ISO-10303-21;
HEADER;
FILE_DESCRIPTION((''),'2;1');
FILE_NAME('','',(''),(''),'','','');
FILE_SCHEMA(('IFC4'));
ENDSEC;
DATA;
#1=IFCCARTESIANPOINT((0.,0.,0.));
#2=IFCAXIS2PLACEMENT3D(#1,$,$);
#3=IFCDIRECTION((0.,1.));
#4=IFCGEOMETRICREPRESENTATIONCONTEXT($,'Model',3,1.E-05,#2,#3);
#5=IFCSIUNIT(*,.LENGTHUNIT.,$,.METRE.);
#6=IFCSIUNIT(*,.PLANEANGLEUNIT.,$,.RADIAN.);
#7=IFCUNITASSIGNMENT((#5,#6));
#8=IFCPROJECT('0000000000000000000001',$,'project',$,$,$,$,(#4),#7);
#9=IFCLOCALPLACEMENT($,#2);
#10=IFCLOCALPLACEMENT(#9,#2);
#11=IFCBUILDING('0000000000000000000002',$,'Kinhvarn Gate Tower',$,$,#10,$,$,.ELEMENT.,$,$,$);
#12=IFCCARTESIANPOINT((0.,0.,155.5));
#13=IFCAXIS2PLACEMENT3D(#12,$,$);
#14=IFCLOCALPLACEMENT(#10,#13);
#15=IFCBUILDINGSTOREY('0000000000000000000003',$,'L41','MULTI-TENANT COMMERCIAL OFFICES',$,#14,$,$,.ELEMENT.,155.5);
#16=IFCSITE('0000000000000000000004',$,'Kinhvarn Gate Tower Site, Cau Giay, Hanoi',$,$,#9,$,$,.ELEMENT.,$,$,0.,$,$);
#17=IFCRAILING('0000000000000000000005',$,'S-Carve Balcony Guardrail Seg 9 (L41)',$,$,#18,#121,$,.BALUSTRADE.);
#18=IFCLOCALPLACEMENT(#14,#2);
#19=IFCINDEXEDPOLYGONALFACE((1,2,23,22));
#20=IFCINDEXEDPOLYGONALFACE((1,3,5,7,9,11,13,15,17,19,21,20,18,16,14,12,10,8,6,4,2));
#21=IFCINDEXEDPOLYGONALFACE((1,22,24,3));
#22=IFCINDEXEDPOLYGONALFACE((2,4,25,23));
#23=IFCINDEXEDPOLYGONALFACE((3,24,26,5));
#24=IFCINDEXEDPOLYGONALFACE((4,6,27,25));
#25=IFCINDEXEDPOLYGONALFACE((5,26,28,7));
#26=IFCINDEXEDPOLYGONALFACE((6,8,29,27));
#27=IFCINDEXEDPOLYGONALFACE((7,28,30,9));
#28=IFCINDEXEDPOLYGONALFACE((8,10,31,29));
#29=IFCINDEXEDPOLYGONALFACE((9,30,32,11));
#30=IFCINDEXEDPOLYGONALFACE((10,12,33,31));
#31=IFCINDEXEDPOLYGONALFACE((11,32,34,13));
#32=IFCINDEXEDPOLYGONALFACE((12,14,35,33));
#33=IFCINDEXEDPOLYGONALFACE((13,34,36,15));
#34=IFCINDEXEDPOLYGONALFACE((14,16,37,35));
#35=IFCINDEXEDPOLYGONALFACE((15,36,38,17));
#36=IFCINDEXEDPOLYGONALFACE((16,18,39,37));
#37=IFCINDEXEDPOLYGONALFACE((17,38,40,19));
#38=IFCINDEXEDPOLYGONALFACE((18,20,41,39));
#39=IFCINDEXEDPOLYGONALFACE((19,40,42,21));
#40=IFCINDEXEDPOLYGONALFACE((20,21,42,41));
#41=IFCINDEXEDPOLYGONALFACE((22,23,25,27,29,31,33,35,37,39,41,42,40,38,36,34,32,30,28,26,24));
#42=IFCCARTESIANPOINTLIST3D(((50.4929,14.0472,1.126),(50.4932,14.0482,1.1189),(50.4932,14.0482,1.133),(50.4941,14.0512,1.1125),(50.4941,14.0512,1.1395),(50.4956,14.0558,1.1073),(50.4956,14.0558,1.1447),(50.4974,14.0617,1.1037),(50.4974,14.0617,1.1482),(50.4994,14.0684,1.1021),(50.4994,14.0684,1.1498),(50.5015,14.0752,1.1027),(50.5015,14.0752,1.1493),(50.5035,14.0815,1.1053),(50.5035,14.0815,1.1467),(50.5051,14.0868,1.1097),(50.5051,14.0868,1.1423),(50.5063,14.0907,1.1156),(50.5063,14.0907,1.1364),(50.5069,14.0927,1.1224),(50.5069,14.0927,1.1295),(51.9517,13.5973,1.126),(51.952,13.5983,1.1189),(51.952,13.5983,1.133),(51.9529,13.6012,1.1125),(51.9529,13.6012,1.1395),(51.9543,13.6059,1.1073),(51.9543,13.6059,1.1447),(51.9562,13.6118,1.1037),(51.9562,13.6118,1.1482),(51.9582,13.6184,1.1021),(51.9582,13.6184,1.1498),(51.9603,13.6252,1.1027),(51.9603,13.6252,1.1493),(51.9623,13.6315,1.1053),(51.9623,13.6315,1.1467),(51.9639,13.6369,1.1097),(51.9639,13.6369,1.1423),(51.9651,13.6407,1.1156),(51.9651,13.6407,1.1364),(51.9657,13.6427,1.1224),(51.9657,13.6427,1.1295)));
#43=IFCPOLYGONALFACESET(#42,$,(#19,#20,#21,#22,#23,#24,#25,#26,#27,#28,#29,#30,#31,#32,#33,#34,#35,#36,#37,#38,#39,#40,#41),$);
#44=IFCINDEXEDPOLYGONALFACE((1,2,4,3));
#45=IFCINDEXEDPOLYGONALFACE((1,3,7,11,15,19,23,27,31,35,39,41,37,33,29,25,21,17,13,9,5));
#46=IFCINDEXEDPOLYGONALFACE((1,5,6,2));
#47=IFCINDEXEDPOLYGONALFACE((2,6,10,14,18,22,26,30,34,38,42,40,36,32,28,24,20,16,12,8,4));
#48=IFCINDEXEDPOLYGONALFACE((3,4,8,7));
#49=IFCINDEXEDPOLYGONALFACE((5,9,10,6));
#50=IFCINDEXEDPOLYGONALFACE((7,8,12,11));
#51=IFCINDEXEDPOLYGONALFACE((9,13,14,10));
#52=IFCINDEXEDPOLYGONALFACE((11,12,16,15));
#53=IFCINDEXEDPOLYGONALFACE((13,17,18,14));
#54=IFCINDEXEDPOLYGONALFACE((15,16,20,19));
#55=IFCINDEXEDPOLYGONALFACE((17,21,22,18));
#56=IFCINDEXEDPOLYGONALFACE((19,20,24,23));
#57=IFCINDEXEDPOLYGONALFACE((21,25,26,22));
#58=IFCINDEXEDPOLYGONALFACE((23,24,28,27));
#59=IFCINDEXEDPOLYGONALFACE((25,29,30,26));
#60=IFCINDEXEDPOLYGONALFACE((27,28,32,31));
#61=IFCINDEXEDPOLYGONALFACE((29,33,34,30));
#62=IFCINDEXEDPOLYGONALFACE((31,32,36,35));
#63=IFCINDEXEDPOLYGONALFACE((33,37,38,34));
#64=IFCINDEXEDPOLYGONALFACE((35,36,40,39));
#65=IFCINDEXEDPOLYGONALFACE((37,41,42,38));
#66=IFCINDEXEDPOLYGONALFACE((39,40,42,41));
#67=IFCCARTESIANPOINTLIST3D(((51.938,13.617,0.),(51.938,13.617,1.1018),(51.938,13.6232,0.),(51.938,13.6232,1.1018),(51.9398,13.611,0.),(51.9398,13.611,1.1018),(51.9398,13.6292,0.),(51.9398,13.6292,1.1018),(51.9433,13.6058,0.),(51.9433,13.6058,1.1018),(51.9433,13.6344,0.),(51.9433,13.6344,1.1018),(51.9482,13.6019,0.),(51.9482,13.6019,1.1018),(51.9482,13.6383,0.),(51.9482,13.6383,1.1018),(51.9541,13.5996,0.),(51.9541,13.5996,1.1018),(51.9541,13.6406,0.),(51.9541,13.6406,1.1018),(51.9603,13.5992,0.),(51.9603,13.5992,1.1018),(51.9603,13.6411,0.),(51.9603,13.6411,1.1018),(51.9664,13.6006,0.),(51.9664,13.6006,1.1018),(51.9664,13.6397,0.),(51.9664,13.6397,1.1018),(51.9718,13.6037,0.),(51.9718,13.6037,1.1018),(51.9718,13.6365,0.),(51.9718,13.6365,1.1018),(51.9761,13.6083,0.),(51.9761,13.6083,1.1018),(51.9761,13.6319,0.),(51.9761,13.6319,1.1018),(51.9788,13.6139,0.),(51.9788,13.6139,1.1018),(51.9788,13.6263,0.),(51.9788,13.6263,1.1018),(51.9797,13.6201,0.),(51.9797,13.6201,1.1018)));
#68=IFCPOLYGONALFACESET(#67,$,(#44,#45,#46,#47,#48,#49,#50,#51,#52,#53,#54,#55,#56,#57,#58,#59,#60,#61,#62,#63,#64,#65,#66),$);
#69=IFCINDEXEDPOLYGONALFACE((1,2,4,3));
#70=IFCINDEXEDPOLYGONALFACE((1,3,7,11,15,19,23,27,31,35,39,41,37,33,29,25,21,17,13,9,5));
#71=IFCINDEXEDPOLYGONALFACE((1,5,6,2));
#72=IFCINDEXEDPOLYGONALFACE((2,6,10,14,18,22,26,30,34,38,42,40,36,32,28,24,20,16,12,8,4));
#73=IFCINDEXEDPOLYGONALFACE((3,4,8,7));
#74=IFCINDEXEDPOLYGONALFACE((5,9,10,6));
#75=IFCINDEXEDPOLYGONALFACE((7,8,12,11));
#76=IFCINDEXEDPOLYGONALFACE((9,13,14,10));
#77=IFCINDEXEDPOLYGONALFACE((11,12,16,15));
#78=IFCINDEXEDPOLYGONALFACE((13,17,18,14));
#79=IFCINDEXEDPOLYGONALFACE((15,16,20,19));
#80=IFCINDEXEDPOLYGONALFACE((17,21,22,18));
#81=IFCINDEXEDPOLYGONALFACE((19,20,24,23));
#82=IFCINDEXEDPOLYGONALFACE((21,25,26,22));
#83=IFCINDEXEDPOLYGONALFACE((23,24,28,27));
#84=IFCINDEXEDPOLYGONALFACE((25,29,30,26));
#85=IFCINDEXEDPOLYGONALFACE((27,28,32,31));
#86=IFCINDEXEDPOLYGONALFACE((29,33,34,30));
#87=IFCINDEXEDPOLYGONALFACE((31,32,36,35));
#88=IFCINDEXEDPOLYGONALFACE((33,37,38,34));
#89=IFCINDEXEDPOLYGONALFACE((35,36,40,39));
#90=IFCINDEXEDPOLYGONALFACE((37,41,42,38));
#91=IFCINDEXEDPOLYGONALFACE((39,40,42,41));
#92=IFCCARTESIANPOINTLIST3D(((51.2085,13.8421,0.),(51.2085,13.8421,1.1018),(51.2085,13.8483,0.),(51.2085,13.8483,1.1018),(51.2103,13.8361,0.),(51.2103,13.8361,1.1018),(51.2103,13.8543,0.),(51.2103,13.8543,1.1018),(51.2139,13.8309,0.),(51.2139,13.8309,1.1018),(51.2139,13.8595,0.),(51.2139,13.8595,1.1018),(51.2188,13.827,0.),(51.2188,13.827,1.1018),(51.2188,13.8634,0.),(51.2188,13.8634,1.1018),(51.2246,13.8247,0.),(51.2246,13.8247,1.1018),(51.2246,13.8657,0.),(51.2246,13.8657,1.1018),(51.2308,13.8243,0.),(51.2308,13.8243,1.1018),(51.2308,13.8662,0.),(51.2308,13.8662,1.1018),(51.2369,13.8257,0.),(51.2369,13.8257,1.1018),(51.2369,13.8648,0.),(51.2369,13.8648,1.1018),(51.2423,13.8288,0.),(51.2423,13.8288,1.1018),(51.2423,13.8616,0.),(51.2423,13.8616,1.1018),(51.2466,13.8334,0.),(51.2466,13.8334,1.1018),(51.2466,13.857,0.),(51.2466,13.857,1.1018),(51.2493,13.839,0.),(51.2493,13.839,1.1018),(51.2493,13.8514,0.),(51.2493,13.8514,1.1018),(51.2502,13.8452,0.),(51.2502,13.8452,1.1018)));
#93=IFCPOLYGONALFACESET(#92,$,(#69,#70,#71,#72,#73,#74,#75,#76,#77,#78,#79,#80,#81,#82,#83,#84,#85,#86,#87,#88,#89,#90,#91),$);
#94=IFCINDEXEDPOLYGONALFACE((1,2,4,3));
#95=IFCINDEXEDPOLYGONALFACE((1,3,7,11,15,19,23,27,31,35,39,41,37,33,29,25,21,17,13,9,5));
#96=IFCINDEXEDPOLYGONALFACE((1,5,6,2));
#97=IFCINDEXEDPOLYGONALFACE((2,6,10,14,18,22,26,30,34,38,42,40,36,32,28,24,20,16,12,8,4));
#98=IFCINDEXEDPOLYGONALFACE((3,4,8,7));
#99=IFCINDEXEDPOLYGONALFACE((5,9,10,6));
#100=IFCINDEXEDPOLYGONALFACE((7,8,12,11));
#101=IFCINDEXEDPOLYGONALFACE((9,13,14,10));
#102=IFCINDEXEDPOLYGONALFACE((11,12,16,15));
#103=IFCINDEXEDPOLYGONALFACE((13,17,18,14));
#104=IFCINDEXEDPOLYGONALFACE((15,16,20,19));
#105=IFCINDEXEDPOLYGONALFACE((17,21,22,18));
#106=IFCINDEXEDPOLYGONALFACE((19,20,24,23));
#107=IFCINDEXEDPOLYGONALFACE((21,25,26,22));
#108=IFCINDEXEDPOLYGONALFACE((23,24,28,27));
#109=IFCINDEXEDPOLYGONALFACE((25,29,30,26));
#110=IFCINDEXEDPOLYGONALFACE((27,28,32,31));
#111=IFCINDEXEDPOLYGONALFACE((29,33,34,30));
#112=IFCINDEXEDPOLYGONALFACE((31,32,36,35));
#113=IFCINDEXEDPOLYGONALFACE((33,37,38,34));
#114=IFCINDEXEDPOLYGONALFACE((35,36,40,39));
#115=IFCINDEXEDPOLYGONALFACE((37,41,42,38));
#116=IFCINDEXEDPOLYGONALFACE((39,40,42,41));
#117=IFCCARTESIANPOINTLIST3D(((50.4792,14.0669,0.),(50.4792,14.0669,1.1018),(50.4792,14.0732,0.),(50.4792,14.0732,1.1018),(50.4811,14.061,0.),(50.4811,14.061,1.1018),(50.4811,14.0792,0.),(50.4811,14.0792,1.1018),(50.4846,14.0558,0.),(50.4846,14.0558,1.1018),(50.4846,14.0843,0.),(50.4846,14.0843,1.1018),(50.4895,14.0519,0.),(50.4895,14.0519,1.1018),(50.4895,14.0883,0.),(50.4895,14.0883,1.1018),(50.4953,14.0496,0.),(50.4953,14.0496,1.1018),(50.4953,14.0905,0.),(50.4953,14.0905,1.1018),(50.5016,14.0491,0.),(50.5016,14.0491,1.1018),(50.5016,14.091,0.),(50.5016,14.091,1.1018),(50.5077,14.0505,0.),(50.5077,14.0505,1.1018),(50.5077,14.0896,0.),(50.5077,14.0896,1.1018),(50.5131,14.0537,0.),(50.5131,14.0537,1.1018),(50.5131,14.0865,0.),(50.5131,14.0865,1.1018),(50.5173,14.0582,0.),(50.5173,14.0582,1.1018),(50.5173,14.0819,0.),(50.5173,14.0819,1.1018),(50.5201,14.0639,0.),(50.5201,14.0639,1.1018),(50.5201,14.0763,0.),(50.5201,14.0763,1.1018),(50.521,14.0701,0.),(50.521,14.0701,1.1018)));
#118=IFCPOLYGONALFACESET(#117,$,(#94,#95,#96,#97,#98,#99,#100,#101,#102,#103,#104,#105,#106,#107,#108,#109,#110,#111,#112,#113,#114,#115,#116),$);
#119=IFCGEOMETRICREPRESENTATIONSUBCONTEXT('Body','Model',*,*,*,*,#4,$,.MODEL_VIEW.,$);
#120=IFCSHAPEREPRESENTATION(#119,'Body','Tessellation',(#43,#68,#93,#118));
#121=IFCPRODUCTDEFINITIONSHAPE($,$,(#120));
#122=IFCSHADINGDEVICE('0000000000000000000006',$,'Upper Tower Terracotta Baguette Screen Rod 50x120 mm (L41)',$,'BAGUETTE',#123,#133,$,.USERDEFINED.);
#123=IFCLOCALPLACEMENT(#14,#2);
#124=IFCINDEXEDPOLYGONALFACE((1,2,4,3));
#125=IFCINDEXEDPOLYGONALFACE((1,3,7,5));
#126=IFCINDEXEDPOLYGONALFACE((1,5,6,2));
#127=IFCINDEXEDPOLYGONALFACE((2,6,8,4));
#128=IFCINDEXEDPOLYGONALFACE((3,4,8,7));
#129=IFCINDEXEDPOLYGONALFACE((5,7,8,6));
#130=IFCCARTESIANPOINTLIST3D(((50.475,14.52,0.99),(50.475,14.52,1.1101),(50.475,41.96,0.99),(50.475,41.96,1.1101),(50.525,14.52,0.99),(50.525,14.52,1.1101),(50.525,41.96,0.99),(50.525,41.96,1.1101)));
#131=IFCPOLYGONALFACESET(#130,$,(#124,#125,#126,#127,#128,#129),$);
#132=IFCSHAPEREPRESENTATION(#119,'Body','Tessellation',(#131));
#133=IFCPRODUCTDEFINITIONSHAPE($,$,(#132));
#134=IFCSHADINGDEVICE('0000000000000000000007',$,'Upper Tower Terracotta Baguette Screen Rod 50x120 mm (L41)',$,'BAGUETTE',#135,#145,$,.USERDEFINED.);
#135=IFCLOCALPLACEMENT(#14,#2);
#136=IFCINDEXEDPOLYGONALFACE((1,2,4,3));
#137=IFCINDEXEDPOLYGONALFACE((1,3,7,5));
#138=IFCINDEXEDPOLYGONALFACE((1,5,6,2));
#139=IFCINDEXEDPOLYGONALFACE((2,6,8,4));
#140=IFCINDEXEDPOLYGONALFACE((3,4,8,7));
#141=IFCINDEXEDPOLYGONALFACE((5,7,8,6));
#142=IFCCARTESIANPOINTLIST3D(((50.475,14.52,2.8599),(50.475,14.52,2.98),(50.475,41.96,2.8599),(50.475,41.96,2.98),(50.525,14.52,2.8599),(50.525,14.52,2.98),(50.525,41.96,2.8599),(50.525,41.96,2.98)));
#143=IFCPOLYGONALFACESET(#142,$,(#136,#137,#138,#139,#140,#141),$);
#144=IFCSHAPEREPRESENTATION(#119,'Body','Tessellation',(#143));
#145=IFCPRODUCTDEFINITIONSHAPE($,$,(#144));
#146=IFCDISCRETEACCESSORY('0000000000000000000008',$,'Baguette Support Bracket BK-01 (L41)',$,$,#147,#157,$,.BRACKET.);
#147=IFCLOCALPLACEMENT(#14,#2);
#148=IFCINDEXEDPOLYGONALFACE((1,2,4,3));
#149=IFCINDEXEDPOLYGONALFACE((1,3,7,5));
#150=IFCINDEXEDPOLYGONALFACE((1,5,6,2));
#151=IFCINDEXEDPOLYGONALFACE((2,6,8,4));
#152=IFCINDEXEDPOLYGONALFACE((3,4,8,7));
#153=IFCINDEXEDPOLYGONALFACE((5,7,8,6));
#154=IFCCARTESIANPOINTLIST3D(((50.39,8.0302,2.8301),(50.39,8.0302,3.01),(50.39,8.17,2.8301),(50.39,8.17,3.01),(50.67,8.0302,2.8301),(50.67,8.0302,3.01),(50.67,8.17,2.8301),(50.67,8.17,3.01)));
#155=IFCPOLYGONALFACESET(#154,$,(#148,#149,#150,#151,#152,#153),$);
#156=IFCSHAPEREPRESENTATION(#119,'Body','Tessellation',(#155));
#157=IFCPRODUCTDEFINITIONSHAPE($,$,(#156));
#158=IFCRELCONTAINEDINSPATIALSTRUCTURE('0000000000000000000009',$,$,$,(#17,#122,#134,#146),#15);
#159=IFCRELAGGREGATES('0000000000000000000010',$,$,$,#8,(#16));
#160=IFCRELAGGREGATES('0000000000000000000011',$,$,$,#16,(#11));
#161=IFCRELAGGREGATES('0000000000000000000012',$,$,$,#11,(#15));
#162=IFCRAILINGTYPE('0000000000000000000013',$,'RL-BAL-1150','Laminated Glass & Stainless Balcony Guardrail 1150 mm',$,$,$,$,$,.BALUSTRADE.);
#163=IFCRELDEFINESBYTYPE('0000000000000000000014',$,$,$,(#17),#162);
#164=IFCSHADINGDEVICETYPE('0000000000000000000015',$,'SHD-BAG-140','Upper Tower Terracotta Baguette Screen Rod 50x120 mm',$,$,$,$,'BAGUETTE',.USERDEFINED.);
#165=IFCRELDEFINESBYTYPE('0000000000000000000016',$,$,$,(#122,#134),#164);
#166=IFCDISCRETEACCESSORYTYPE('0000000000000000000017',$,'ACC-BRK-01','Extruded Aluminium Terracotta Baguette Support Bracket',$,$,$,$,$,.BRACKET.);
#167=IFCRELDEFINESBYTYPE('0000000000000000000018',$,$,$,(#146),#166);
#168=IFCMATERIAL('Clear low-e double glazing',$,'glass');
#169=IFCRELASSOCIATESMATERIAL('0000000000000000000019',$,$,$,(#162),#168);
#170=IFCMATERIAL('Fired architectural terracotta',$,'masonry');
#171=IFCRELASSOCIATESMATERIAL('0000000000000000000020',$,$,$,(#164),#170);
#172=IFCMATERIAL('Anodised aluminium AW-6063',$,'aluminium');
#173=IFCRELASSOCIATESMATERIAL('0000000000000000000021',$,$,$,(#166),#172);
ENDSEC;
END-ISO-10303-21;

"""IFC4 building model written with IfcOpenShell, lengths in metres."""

from ifc_helpers import new_model, si_unit, direction, frame, origin, origin_2d, place, context, subcontext, project, spatial, rectangle, circle, extrude, material, material_profile, profile_set, type_object, element, save


model = new_model("IFC4")

# Units and contexts
model_context = context("Model", 3, precision=1e-05, world=origin(), true_north=direction((0.0, 1.0)))
body_context = subcontext(model_context, "Body", "Model", "MODEL_VIEW")
ifc_project = project(units=[si_unit("LENGTHUNIT", "METRE"), si_unit("PLANEANGLEUNIT", "RADIAN")], contexts=[model_context])

# Site, building, storey
site_placement = place(None, origin())
site = spatial("IfcSite", under=ifc_project, at=site_placement, Name="Kinhvarn Gate Tower Site, Cau Giay, Hanoi", CompositionType="ELEMENT", RefElevation=0.0)
building_placement = place(site_placement, origin())
building = spatial("IfcBuilding", under=site, at=building_placement, Name="Kinhvarn Gate Tower", CompositionType="ELEMENT")
storey_placement = place(building_placement, frame((0.0, 0.0, 155.5)))
storey = spatial("IfcBuildingStorey", under=building, at=storey_placement, Name="L41", Description="MULTI-TENANT COMMERCIAL OFFICES", CompositionType="ELEMENT", Elevation=155.5)

# Shared definitions
ifc_material_1 = material(Name="Anodised aluminium AW-6063", Category="aluminium")

# Shared definitions
ifc_material_2 = material(Name="Clear low-e double glazing", Category="glass")

# Shared definitions
ifc_material_3 = material(Name="Fired architectural terracotta", Category="masonry")

# Railing
railing_type = type_object("IfcRailingType", Name="RL-BAL-1150", Description="Laminated Glass & Stainless Balcony Guardrail 1150 mm", PredefinedType="BALUSTRADE", material=ifc_material_2)
railing_placement = place(storey_placement, frame((51.9587, 13.6201, 0.0)))
element("IfcRailing", 1, at=railing_placement, inside=storey, type_object=railing_type, Name="S-Carve Balcony Guardrail Seg 9 (L41)", PredefinedType="BALUSTRADE", context=body_context, shape_type="SweptSolid", body=[
    extrude(circle(Radius=0.0239, at=origin_2d()), frame((0.0, 0.0, 1.126), z_axis=(-0.955575, 0.294749, 0.0), x_axis=(-0.294749, -0.955575, 0.0)), (0.0, 0.0, 1.0), 1.5266),
    extrude(circle(Radius=0.021, at=origin_2d()), origin(), (0.0, 0.0, 1.0), 1.1018),
    extrude(circle(Radius=0.021, at=origin_2d()), frame((-0.7295, 0.2251, 0.0)), (0.0, 0.0, 1.0), 1.1018),
    extrude(circle(Radius=0.021, at=origin_2d()), frame((-1.4587, 0.45, 0.0)), (0.0, 0.0, 1.0), 1.1018),
])

# Shading devices
ifc_material_profile_1 = material_profile(ifc_material_3, rectangle(XDim=0.05, YDim=0.1201, at=origin_2d()), Name="TC 50x120")
ifc_profile_set_1 = profile_set([ifc_material_profile_1], Name="Fired architectural terracotta")
shading_device_type = type_object("IfcShadingDeviceType", Name="SHD-BAG-140", Description="Upper Tower Terracotta Baguette Screen Rod 50x120 mm", ElementType="BAGUETTE", PredefinedType="USERDEFINED", material=ifc_profile_set_1)
for number, where, z_axis, x_axis, name in (
    (2, (50.5, 14.52, 1.05), (0.0, 1.0, 0.0), (-1.0, 0.0, 0.0), "Upper Tower Terracotta Baguette Screen Rod 50x120 mm (L41)"),
    (3, (50.5, 14.52, 2.9199), (0.0, 1.0, 0.0), (-1.0, 0.0, 0.0), "Upper Tower Terracotta Baguette Screen Rod 50x120 mm (L41)"),
):
    element("IfcShadingDevice", number, at=place(storey_placement, frame(where, z_axis=z_axis, x_axis=x_axis)), inside=storey, type_object=shading_device_type, Name=name, ObjectType="BAGUETTE", PredefinedType="USERDEFINED", context=body_context, shape_type="SweptSolid", body=[
        extrude(rectangle(XDim=0.05, YDim=0.1201, at=origin_2d()), origin(), (0.0, 0.0, 1.0), 27.4399),
    ])

# Discrete accessory
discrete_accessory_type = type_object("IfcDiscreteAccessoryType", Name="ACC-BRK-01", Description="Extruded Aluminium Terracotta Baguette Support Bracket", PredefinedType="BRACKET", material=ifc_material_1)
discrete_accessory_placement = place(storey_placement, frame((50.53, 8.1001, 2.8301), z_axis=(0.0, 0.0, 1.0), x_axis=(0.0, 1.0, 0.0)))
element("IfcDiscreteAccessory", 4, at=discrete_accessory_placement, inside=storey, type_object=discrete_accessory_type, Name="Baguette Support Bracket BK-01 (L41)", PredefinedType="BRACKET", context=body_context, shape_type="SweptSolid", body=[
    extrude(rectangle(XDim=0.1399, YDim=0.28, at=origin_2d()), origin(), (0.0, 0.0, 1.0), 0.1799),
])

save(model, "model.ifc")
